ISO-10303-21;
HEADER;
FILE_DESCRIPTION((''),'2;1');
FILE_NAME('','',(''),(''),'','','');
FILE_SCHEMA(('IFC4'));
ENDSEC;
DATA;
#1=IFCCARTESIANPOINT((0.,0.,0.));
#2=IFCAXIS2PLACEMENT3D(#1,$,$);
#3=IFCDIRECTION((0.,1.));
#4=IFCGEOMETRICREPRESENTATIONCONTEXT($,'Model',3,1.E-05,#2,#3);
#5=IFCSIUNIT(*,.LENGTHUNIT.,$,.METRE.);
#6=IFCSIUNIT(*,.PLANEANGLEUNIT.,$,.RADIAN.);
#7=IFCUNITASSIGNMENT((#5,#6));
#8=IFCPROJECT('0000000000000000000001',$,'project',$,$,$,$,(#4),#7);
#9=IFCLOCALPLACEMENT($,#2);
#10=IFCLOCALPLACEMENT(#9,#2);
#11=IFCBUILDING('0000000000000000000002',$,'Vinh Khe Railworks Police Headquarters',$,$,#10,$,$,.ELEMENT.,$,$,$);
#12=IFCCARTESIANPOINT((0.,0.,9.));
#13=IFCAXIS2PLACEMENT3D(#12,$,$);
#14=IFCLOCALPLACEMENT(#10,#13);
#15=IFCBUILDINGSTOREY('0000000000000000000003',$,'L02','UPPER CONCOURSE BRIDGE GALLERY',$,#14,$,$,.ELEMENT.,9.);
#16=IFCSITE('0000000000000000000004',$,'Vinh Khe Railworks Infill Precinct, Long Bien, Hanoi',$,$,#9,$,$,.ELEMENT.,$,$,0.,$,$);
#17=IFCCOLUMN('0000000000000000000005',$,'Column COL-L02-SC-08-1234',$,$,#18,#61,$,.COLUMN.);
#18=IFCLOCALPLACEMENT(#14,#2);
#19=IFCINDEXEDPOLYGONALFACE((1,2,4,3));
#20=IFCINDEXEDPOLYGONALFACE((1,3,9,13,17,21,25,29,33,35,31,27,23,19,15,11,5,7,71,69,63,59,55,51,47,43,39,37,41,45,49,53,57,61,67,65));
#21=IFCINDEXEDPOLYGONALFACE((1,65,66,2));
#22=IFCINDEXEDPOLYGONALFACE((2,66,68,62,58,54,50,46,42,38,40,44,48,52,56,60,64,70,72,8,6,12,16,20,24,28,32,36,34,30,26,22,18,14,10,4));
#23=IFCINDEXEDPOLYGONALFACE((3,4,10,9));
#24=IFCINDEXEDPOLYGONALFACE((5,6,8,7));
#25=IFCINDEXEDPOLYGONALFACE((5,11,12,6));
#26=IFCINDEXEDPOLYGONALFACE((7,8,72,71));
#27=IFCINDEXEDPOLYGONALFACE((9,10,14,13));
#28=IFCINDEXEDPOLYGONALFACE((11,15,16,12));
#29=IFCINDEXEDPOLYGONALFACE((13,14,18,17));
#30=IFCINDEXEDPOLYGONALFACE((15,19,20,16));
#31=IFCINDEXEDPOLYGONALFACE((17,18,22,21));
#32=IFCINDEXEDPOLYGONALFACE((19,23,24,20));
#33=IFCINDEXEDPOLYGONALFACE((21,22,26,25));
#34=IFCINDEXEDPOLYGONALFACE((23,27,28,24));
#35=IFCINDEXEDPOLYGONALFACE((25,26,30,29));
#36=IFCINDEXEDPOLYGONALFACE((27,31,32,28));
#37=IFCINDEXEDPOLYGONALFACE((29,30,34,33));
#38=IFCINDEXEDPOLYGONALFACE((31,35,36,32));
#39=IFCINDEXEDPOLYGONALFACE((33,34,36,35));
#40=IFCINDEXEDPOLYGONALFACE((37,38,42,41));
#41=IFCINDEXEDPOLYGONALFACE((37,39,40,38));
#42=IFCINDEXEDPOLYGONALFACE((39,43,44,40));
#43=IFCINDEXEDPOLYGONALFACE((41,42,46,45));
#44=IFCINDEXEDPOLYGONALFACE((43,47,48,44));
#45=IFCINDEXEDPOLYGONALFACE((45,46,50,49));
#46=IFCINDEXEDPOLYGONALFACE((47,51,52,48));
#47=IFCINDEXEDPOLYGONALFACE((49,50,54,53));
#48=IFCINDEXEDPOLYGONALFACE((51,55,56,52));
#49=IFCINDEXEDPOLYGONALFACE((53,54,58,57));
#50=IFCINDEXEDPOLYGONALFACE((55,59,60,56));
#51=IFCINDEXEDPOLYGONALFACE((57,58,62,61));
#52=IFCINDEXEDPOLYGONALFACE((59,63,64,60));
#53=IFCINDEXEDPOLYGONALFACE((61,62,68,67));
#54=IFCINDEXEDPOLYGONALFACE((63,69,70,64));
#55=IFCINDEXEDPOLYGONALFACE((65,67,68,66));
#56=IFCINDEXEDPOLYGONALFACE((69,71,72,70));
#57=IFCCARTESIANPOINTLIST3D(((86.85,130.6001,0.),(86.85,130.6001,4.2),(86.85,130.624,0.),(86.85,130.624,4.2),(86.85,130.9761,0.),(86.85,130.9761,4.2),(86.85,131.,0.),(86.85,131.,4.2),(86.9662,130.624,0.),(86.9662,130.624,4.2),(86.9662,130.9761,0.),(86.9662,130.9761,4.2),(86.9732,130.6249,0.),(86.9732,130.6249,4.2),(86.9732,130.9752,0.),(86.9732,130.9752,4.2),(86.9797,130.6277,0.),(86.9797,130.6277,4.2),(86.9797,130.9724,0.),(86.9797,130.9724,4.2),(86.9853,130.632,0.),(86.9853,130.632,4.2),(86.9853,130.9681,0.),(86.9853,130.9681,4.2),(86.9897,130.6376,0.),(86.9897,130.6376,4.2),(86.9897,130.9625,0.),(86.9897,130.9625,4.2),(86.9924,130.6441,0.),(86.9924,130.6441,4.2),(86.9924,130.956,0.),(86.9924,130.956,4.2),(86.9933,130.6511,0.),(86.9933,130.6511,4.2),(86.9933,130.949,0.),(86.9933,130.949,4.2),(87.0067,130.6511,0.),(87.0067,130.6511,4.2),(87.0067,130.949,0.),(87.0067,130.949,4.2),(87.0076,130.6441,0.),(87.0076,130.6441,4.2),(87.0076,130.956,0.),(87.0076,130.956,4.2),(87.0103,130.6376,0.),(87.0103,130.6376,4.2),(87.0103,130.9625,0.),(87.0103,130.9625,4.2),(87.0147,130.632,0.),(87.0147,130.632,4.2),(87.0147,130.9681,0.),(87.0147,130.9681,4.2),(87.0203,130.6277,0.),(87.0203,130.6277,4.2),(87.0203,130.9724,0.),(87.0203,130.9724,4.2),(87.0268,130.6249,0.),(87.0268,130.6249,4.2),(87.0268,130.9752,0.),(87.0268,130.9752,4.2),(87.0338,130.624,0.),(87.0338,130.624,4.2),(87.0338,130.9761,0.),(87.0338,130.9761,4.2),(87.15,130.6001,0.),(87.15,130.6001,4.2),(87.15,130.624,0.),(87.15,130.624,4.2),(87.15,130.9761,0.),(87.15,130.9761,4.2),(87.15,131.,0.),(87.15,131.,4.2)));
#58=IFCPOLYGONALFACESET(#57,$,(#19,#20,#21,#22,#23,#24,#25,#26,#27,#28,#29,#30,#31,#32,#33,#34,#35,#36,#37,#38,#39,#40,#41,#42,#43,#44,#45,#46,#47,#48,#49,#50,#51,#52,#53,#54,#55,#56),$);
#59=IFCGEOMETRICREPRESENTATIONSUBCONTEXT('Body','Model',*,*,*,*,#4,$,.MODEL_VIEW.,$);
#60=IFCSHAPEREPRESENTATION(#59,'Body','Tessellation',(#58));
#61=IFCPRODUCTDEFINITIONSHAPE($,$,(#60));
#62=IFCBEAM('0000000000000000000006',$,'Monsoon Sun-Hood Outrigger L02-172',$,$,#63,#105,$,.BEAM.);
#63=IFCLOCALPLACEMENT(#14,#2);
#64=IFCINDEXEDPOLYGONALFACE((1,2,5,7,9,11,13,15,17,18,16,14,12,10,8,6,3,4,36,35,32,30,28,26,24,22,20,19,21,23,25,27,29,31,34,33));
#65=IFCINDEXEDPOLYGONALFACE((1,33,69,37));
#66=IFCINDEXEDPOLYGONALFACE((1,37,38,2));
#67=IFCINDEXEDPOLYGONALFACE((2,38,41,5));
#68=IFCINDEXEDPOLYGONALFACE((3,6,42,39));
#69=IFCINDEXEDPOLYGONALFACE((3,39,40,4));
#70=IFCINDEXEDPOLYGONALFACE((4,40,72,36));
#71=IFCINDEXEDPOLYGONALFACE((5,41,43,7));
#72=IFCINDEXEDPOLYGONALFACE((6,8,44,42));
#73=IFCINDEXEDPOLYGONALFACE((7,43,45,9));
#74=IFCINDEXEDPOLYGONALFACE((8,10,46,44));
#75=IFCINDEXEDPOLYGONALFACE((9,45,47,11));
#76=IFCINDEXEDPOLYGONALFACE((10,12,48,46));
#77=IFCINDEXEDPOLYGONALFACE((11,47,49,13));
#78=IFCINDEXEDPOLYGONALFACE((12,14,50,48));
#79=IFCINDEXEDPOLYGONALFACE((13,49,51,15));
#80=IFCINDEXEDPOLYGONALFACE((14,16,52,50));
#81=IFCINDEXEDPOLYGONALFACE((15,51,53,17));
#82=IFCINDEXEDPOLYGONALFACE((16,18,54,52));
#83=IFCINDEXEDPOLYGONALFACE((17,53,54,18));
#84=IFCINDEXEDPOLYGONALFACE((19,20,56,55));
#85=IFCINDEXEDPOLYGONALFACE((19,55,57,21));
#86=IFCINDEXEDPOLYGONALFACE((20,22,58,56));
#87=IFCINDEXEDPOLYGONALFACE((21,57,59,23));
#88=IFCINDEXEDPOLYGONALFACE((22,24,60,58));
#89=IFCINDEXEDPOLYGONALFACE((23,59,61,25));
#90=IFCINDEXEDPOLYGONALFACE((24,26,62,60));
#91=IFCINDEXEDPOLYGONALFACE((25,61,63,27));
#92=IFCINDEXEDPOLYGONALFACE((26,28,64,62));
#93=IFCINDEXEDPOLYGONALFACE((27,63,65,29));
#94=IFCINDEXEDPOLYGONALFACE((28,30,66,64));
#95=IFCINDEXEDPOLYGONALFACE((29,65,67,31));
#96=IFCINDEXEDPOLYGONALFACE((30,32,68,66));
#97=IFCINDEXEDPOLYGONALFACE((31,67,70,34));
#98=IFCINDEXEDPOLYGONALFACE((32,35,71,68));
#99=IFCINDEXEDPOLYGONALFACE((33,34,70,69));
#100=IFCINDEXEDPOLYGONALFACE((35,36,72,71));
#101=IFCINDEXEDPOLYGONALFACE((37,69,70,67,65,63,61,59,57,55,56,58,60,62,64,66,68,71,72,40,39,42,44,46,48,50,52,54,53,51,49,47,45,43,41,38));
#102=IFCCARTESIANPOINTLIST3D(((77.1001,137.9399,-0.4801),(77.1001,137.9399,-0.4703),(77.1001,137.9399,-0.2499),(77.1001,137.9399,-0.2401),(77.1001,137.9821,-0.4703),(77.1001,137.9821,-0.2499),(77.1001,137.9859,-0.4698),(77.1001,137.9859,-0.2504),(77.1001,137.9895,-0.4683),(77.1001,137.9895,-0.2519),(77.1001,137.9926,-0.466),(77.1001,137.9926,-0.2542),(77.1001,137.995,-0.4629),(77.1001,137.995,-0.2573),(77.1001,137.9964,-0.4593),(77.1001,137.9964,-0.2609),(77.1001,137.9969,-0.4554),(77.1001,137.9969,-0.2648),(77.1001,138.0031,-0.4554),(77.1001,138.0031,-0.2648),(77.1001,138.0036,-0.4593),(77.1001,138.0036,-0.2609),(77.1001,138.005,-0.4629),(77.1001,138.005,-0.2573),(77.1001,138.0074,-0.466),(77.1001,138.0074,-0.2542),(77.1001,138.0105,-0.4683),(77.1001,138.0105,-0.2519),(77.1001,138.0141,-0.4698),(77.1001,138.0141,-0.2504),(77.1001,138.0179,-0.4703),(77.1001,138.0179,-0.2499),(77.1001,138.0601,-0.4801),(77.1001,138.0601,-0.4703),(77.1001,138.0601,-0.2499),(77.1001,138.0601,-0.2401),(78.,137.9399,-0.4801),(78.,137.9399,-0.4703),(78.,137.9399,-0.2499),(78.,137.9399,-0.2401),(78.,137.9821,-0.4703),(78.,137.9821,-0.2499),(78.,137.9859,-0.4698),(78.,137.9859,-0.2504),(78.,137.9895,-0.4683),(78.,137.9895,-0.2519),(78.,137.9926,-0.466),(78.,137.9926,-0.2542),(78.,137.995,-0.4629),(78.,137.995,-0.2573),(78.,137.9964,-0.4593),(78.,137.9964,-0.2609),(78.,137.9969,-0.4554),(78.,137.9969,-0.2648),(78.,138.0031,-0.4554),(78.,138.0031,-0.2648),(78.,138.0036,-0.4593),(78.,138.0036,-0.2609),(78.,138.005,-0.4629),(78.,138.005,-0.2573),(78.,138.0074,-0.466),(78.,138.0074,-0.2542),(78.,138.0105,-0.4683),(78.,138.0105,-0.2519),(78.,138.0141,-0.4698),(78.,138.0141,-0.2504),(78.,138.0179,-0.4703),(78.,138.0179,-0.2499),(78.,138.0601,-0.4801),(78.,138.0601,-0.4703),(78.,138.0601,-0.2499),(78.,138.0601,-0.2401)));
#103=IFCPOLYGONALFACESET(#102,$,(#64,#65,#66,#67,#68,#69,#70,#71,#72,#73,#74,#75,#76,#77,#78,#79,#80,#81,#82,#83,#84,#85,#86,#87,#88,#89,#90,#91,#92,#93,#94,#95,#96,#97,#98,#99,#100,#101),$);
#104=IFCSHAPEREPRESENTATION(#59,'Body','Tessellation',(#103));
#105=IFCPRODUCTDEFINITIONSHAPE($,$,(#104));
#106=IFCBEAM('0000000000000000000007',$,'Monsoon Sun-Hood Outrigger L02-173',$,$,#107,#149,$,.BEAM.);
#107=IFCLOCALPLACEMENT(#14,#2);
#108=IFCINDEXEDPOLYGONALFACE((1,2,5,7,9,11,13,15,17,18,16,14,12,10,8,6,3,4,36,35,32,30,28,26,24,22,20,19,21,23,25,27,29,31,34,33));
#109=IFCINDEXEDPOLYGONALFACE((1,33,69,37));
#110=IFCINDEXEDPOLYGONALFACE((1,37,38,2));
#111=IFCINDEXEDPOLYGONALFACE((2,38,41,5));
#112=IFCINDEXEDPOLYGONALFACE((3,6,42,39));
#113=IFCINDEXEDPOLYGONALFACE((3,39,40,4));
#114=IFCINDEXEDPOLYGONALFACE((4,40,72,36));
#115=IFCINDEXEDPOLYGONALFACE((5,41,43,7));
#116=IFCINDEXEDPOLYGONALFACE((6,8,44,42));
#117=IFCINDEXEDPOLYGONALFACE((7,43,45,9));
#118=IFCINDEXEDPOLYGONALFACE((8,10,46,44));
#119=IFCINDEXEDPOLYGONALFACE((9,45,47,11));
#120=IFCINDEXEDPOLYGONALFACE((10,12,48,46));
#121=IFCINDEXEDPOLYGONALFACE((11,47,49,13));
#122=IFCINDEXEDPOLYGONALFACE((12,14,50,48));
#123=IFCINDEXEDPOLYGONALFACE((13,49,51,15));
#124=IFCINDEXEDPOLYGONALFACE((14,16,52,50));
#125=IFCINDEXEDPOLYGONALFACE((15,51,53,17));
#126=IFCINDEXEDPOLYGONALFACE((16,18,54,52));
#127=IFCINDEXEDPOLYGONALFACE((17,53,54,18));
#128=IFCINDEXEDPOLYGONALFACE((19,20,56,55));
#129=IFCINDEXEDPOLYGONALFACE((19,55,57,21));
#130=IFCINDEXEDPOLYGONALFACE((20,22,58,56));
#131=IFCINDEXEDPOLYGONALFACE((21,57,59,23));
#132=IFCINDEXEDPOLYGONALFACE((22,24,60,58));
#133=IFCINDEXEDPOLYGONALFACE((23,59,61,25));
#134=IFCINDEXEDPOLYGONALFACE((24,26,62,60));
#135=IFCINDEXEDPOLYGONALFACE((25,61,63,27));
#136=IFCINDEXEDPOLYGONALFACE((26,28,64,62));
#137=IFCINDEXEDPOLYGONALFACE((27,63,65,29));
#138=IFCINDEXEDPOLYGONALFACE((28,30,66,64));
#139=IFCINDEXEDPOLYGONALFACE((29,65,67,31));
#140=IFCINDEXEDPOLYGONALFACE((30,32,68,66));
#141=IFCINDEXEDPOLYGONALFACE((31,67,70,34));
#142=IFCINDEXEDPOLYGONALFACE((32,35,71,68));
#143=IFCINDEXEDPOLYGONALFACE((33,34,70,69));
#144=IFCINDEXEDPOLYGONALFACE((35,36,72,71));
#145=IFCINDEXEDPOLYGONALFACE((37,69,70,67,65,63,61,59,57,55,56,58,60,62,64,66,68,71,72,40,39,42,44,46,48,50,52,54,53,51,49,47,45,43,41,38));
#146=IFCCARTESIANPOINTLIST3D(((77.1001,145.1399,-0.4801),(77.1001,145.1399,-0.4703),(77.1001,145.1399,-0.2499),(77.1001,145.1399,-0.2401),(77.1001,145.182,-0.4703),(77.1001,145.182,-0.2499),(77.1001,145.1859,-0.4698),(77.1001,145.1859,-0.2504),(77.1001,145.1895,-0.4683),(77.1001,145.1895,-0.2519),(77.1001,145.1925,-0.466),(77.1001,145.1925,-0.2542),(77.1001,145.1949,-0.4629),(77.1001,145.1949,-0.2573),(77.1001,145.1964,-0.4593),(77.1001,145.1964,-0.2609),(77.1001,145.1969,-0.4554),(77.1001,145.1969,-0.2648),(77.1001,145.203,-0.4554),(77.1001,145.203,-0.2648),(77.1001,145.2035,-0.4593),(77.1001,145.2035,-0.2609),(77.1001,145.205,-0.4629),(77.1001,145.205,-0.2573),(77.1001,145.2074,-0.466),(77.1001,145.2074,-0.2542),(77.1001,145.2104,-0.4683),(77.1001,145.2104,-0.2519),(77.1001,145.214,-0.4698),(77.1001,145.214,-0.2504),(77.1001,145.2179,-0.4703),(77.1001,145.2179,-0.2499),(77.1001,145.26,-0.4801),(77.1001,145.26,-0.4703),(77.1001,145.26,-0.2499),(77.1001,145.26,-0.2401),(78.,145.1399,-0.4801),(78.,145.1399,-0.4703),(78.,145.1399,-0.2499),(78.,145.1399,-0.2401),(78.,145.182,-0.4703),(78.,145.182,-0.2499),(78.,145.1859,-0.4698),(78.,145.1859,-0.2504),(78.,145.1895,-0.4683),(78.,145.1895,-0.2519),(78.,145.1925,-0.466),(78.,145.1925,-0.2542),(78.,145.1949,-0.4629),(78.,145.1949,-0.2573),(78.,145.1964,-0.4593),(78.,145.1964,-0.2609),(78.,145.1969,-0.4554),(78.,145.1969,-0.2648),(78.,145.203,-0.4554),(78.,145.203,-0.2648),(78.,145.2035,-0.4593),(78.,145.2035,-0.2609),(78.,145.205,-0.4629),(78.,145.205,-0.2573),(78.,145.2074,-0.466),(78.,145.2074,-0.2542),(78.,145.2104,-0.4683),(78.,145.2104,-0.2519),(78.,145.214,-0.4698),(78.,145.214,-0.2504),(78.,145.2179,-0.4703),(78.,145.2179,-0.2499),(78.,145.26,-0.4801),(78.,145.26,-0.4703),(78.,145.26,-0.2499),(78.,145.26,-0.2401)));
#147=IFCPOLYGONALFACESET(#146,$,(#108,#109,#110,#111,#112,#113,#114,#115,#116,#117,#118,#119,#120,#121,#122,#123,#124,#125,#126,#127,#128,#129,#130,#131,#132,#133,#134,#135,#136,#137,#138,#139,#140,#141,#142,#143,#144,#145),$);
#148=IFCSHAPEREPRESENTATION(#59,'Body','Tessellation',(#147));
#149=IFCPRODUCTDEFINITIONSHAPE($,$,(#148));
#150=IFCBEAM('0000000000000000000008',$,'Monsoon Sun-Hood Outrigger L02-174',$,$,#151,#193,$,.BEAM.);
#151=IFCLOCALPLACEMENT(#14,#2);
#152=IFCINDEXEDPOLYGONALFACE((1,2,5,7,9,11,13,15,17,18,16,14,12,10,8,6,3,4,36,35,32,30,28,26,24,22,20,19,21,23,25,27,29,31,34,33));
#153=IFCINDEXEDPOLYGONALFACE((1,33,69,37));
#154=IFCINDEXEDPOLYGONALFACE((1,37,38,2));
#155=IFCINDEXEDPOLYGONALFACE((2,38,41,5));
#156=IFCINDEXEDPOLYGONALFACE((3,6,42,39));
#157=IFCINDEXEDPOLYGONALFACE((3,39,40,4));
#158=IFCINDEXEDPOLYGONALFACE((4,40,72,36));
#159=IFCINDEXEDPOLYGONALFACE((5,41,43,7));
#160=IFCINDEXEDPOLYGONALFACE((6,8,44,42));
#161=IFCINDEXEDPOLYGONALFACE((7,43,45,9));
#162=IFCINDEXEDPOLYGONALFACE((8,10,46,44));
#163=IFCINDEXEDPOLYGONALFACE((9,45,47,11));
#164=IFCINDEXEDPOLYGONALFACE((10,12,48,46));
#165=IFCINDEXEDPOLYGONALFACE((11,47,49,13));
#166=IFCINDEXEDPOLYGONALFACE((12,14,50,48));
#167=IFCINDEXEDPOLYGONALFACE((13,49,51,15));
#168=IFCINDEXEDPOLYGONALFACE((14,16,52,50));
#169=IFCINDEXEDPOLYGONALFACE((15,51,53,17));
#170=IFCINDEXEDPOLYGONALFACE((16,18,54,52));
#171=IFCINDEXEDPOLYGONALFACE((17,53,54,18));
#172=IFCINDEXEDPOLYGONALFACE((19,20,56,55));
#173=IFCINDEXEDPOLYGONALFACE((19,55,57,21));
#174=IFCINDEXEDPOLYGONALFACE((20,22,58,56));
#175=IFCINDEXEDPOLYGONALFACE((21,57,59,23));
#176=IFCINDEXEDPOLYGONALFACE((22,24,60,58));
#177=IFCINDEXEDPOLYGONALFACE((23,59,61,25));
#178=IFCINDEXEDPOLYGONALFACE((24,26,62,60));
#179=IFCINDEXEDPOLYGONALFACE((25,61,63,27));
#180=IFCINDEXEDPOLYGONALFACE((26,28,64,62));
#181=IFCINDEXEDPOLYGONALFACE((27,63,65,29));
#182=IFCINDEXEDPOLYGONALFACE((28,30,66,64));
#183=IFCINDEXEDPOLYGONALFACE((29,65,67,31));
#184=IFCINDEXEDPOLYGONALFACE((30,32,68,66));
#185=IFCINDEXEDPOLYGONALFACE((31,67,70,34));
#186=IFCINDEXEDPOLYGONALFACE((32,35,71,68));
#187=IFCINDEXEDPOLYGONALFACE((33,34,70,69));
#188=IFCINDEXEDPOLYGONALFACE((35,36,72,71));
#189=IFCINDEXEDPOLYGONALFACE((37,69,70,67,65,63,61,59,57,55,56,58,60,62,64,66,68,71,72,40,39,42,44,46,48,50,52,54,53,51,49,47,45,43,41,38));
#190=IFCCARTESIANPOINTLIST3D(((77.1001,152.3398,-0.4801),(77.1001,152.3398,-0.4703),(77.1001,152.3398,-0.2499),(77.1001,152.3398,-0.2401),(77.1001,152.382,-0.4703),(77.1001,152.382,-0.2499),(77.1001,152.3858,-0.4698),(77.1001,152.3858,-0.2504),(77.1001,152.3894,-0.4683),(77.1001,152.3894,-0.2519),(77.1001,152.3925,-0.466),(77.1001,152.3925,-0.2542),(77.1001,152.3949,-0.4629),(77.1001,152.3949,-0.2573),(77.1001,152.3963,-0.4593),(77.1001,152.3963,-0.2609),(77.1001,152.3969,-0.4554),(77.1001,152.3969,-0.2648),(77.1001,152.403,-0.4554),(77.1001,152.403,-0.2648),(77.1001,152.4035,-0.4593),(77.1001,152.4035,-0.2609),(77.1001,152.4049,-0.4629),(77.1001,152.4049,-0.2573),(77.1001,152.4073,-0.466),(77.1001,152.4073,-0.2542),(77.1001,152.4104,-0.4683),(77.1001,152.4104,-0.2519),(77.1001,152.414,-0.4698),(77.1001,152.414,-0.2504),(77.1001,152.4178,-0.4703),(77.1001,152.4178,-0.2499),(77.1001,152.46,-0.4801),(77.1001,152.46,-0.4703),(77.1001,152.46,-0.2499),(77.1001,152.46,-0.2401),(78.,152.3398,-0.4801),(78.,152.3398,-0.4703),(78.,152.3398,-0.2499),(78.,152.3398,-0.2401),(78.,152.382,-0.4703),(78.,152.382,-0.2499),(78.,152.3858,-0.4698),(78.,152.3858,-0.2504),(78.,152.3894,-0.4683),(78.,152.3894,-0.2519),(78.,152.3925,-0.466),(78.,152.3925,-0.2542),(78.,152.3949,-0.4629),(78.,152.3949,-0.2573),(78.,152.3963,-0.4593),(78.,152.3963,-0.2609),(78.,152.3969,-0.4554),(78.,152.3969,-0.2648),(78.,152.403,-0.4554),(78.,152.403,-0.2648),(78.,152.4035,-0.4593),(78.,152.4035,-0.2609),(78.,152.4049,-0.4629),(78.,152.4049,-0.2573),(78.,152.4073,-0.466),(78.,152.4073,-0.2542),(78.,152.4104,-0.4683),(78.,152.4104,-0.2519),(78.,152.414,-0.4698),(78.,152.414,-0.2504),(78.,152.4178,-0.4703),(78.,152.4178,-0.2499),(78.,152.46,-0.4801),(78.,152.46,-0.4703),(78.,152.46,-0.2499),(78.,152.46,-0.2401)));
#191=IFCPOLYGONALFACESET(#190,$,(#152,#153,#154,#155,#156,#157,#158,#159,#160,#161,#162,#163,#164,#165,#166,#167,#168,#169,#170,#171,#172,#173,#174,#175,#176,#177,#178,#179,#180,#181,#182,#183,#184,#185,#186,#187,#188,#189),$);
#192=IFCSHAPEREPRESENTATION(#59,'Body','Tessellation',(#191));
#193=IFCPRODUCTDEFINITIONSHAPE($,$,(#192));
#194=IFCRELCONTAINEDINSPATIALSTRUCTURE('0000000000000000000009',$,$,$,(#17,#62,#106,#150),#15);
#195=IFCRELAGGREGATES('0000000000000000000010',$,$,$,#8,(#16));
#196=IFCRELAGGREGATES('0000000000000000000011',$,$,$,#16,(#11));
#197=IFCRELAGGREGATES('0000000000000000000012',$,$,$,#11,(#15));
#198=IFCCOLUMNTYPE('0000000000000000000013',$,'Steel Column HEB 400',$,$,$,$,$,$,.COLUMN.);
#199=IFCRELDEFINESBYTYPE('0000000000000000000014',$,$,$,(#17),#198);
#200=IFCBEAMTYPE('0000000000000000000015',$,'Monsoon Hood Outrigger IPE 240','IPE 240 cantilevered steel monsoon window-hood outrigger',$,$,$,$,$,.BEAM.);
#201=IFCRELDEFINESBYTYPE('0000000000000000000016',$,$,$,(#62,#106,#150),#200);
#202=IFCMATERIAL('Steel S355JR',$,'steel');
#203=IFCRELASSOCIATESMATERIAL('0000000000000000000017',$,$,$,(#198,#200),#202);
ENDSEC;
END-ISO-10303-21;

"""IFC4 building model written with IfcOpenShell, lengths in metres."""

from ifc_helpers import new_model, si_unit, direction, frame, origin, origin_2d, place, context, subcontext, project, spatial, i_section, extrude, material, material_profile, profile_set, type_object, element, save


model = new_model("IFC4")

# Units and contexts
model_context = context("Model", 3, precision=1e-05, world=origin(), true_north=direction((0.0, 1.0)))
body_context = subcontext(model_context, "Body", "Model", "MODEL_VIEW")
ifc_project = project(units=[si_unit("LENGTHUNIT", "METRE"), si_unit("PLANEANGLEUNIT", "RADIAN")], contexts=[model_context])

# Site, building, storey
site_placement = place(None, origin())
site = spatial("IfcSite", under=ifc_project, at=site_placement, Name="Vinh Khe Railworks Infill Precinct, Long Bien, Hanoi", CompositionType="ELEMENT", RefElevation=0.0)
building_placement = place(site_placement, origin())
building = spatial("IfcBuilding", under=site, at=building_placement, Name="Vinh Khe Railworks Police Headquarters", CompositionType="ELEMENT")
storey_placement = place(building_placement, frame((0.0, 0.0, 9.0)))
storey = spatial("IfcBuildingStorey", under=building, at=storey_placement, Name="L02", Description="UPPER CONCOURSE BRIDGE GALLERY", CompositionType="ELEMENT", Elevation=9.0)

# Column
ifc_material_1 = material(Name="Steel S355JR", Category="steel")
ifc_material_profile_1 = material_profile(ifc_material_1, i_section(OverallWidth=0.3, OverallDepth=0.3999, WebThickness=0.0134, FlangeThickness=0.0239, FilletRadius=0.0271, at=origin_2d()), Name="HEB 400")
ifc_profile_set_1 = profile_set([ifc_material_profile_1], Name="Steel S355JR")
column_type_1 = type_object("IfcColumnType", Name="Steel Column HEB 400", PredefinedType="COLUMN", material=ifc_profile_set_1)
column_placement = place(storey_placement, frame((87.0, 130.8, 0.0), z_axis=(0.0, 0.0, 1.0), x_axis=(1.0, 0.0, 0.0)))
element("IfcColumn", 1, at=column_placement, inside=storey, type_object=column_type_1, Name="Column COL-L02-SC-08-1234", PredefinedType="COLUMN", context=body_context, shape_type="SweptSolid", body=[
    extrude(i_section(OverallWidth=0.3, OverallDepth=0.3999, WebThickness=0.0134, FlangeThickness=0.0239, FilletRadius=0.0271, at=origin_2d()), origin(), (0.0, 0.0, 1.0), 4.2),
])

# Beams
ifc_material_profile_2 = material_profile(ifc_material_1, i_section(OverallWidth=0.1201, OverallDepth=0.24, WebThickness=0.0061, FlangeThickness=0.0098, FilletRadius=0.0149, at=origin_2d()), Name="IPE 240")
ifc_profile_set_2 = profile_set([ifc_material_profile_2], Name="Steel S355JR")
beam_type_1 = type_object("IfcBeamType", Name="Monsoon Hood Outrigger IPE 240", Description="IPE 240 cantilevered steel monsoon window-hood outrigger", PredefinedType="BEAM", material=ifc_profile_set_2)
for number, where, z_axis, x_axis, name in (
    (2, (77.1001, 138.0, -0.3601), (1.0, 0.0, 0.0), (0.0, 1.0, 0.0), "Monsoon Sun-Hood Outrigger L02-172"),
    (3, (77.1001, 145.2, -0.3601), (1.0, 0.0, 0.0), (0.0, 1.0, 0.0), "Monsoon Sun-Hood Outrigger L02-173"),
    (4, (77.1001, 152.3999, -0.3601), (1.0, 0.0, 0.0), (0.0, 1.0, 0.0), "Monsoon Sun-Hood Outrigger L02-174"),
):
    element("IfcBeam", number, at=place(storey_placement, frame(where, z_axis=z_axis, x_axis=x_axis)), inside=storey, type_object=beam_type_1, Name=name, PredefinedType="BEAM", context=body_context, shape_type="SweptSolid", body=[
        extrude(i_section(OverallWidth=0.1201, OverallDepth=0.24, WebThickness=0.0061, FlangeThickness=0.0098, FilletRadius=0.0149, at=origin_2d()), origin(), (0.0, 0.0, 1.0), 0.8999),
    ])

save(model, "model.ifc")
